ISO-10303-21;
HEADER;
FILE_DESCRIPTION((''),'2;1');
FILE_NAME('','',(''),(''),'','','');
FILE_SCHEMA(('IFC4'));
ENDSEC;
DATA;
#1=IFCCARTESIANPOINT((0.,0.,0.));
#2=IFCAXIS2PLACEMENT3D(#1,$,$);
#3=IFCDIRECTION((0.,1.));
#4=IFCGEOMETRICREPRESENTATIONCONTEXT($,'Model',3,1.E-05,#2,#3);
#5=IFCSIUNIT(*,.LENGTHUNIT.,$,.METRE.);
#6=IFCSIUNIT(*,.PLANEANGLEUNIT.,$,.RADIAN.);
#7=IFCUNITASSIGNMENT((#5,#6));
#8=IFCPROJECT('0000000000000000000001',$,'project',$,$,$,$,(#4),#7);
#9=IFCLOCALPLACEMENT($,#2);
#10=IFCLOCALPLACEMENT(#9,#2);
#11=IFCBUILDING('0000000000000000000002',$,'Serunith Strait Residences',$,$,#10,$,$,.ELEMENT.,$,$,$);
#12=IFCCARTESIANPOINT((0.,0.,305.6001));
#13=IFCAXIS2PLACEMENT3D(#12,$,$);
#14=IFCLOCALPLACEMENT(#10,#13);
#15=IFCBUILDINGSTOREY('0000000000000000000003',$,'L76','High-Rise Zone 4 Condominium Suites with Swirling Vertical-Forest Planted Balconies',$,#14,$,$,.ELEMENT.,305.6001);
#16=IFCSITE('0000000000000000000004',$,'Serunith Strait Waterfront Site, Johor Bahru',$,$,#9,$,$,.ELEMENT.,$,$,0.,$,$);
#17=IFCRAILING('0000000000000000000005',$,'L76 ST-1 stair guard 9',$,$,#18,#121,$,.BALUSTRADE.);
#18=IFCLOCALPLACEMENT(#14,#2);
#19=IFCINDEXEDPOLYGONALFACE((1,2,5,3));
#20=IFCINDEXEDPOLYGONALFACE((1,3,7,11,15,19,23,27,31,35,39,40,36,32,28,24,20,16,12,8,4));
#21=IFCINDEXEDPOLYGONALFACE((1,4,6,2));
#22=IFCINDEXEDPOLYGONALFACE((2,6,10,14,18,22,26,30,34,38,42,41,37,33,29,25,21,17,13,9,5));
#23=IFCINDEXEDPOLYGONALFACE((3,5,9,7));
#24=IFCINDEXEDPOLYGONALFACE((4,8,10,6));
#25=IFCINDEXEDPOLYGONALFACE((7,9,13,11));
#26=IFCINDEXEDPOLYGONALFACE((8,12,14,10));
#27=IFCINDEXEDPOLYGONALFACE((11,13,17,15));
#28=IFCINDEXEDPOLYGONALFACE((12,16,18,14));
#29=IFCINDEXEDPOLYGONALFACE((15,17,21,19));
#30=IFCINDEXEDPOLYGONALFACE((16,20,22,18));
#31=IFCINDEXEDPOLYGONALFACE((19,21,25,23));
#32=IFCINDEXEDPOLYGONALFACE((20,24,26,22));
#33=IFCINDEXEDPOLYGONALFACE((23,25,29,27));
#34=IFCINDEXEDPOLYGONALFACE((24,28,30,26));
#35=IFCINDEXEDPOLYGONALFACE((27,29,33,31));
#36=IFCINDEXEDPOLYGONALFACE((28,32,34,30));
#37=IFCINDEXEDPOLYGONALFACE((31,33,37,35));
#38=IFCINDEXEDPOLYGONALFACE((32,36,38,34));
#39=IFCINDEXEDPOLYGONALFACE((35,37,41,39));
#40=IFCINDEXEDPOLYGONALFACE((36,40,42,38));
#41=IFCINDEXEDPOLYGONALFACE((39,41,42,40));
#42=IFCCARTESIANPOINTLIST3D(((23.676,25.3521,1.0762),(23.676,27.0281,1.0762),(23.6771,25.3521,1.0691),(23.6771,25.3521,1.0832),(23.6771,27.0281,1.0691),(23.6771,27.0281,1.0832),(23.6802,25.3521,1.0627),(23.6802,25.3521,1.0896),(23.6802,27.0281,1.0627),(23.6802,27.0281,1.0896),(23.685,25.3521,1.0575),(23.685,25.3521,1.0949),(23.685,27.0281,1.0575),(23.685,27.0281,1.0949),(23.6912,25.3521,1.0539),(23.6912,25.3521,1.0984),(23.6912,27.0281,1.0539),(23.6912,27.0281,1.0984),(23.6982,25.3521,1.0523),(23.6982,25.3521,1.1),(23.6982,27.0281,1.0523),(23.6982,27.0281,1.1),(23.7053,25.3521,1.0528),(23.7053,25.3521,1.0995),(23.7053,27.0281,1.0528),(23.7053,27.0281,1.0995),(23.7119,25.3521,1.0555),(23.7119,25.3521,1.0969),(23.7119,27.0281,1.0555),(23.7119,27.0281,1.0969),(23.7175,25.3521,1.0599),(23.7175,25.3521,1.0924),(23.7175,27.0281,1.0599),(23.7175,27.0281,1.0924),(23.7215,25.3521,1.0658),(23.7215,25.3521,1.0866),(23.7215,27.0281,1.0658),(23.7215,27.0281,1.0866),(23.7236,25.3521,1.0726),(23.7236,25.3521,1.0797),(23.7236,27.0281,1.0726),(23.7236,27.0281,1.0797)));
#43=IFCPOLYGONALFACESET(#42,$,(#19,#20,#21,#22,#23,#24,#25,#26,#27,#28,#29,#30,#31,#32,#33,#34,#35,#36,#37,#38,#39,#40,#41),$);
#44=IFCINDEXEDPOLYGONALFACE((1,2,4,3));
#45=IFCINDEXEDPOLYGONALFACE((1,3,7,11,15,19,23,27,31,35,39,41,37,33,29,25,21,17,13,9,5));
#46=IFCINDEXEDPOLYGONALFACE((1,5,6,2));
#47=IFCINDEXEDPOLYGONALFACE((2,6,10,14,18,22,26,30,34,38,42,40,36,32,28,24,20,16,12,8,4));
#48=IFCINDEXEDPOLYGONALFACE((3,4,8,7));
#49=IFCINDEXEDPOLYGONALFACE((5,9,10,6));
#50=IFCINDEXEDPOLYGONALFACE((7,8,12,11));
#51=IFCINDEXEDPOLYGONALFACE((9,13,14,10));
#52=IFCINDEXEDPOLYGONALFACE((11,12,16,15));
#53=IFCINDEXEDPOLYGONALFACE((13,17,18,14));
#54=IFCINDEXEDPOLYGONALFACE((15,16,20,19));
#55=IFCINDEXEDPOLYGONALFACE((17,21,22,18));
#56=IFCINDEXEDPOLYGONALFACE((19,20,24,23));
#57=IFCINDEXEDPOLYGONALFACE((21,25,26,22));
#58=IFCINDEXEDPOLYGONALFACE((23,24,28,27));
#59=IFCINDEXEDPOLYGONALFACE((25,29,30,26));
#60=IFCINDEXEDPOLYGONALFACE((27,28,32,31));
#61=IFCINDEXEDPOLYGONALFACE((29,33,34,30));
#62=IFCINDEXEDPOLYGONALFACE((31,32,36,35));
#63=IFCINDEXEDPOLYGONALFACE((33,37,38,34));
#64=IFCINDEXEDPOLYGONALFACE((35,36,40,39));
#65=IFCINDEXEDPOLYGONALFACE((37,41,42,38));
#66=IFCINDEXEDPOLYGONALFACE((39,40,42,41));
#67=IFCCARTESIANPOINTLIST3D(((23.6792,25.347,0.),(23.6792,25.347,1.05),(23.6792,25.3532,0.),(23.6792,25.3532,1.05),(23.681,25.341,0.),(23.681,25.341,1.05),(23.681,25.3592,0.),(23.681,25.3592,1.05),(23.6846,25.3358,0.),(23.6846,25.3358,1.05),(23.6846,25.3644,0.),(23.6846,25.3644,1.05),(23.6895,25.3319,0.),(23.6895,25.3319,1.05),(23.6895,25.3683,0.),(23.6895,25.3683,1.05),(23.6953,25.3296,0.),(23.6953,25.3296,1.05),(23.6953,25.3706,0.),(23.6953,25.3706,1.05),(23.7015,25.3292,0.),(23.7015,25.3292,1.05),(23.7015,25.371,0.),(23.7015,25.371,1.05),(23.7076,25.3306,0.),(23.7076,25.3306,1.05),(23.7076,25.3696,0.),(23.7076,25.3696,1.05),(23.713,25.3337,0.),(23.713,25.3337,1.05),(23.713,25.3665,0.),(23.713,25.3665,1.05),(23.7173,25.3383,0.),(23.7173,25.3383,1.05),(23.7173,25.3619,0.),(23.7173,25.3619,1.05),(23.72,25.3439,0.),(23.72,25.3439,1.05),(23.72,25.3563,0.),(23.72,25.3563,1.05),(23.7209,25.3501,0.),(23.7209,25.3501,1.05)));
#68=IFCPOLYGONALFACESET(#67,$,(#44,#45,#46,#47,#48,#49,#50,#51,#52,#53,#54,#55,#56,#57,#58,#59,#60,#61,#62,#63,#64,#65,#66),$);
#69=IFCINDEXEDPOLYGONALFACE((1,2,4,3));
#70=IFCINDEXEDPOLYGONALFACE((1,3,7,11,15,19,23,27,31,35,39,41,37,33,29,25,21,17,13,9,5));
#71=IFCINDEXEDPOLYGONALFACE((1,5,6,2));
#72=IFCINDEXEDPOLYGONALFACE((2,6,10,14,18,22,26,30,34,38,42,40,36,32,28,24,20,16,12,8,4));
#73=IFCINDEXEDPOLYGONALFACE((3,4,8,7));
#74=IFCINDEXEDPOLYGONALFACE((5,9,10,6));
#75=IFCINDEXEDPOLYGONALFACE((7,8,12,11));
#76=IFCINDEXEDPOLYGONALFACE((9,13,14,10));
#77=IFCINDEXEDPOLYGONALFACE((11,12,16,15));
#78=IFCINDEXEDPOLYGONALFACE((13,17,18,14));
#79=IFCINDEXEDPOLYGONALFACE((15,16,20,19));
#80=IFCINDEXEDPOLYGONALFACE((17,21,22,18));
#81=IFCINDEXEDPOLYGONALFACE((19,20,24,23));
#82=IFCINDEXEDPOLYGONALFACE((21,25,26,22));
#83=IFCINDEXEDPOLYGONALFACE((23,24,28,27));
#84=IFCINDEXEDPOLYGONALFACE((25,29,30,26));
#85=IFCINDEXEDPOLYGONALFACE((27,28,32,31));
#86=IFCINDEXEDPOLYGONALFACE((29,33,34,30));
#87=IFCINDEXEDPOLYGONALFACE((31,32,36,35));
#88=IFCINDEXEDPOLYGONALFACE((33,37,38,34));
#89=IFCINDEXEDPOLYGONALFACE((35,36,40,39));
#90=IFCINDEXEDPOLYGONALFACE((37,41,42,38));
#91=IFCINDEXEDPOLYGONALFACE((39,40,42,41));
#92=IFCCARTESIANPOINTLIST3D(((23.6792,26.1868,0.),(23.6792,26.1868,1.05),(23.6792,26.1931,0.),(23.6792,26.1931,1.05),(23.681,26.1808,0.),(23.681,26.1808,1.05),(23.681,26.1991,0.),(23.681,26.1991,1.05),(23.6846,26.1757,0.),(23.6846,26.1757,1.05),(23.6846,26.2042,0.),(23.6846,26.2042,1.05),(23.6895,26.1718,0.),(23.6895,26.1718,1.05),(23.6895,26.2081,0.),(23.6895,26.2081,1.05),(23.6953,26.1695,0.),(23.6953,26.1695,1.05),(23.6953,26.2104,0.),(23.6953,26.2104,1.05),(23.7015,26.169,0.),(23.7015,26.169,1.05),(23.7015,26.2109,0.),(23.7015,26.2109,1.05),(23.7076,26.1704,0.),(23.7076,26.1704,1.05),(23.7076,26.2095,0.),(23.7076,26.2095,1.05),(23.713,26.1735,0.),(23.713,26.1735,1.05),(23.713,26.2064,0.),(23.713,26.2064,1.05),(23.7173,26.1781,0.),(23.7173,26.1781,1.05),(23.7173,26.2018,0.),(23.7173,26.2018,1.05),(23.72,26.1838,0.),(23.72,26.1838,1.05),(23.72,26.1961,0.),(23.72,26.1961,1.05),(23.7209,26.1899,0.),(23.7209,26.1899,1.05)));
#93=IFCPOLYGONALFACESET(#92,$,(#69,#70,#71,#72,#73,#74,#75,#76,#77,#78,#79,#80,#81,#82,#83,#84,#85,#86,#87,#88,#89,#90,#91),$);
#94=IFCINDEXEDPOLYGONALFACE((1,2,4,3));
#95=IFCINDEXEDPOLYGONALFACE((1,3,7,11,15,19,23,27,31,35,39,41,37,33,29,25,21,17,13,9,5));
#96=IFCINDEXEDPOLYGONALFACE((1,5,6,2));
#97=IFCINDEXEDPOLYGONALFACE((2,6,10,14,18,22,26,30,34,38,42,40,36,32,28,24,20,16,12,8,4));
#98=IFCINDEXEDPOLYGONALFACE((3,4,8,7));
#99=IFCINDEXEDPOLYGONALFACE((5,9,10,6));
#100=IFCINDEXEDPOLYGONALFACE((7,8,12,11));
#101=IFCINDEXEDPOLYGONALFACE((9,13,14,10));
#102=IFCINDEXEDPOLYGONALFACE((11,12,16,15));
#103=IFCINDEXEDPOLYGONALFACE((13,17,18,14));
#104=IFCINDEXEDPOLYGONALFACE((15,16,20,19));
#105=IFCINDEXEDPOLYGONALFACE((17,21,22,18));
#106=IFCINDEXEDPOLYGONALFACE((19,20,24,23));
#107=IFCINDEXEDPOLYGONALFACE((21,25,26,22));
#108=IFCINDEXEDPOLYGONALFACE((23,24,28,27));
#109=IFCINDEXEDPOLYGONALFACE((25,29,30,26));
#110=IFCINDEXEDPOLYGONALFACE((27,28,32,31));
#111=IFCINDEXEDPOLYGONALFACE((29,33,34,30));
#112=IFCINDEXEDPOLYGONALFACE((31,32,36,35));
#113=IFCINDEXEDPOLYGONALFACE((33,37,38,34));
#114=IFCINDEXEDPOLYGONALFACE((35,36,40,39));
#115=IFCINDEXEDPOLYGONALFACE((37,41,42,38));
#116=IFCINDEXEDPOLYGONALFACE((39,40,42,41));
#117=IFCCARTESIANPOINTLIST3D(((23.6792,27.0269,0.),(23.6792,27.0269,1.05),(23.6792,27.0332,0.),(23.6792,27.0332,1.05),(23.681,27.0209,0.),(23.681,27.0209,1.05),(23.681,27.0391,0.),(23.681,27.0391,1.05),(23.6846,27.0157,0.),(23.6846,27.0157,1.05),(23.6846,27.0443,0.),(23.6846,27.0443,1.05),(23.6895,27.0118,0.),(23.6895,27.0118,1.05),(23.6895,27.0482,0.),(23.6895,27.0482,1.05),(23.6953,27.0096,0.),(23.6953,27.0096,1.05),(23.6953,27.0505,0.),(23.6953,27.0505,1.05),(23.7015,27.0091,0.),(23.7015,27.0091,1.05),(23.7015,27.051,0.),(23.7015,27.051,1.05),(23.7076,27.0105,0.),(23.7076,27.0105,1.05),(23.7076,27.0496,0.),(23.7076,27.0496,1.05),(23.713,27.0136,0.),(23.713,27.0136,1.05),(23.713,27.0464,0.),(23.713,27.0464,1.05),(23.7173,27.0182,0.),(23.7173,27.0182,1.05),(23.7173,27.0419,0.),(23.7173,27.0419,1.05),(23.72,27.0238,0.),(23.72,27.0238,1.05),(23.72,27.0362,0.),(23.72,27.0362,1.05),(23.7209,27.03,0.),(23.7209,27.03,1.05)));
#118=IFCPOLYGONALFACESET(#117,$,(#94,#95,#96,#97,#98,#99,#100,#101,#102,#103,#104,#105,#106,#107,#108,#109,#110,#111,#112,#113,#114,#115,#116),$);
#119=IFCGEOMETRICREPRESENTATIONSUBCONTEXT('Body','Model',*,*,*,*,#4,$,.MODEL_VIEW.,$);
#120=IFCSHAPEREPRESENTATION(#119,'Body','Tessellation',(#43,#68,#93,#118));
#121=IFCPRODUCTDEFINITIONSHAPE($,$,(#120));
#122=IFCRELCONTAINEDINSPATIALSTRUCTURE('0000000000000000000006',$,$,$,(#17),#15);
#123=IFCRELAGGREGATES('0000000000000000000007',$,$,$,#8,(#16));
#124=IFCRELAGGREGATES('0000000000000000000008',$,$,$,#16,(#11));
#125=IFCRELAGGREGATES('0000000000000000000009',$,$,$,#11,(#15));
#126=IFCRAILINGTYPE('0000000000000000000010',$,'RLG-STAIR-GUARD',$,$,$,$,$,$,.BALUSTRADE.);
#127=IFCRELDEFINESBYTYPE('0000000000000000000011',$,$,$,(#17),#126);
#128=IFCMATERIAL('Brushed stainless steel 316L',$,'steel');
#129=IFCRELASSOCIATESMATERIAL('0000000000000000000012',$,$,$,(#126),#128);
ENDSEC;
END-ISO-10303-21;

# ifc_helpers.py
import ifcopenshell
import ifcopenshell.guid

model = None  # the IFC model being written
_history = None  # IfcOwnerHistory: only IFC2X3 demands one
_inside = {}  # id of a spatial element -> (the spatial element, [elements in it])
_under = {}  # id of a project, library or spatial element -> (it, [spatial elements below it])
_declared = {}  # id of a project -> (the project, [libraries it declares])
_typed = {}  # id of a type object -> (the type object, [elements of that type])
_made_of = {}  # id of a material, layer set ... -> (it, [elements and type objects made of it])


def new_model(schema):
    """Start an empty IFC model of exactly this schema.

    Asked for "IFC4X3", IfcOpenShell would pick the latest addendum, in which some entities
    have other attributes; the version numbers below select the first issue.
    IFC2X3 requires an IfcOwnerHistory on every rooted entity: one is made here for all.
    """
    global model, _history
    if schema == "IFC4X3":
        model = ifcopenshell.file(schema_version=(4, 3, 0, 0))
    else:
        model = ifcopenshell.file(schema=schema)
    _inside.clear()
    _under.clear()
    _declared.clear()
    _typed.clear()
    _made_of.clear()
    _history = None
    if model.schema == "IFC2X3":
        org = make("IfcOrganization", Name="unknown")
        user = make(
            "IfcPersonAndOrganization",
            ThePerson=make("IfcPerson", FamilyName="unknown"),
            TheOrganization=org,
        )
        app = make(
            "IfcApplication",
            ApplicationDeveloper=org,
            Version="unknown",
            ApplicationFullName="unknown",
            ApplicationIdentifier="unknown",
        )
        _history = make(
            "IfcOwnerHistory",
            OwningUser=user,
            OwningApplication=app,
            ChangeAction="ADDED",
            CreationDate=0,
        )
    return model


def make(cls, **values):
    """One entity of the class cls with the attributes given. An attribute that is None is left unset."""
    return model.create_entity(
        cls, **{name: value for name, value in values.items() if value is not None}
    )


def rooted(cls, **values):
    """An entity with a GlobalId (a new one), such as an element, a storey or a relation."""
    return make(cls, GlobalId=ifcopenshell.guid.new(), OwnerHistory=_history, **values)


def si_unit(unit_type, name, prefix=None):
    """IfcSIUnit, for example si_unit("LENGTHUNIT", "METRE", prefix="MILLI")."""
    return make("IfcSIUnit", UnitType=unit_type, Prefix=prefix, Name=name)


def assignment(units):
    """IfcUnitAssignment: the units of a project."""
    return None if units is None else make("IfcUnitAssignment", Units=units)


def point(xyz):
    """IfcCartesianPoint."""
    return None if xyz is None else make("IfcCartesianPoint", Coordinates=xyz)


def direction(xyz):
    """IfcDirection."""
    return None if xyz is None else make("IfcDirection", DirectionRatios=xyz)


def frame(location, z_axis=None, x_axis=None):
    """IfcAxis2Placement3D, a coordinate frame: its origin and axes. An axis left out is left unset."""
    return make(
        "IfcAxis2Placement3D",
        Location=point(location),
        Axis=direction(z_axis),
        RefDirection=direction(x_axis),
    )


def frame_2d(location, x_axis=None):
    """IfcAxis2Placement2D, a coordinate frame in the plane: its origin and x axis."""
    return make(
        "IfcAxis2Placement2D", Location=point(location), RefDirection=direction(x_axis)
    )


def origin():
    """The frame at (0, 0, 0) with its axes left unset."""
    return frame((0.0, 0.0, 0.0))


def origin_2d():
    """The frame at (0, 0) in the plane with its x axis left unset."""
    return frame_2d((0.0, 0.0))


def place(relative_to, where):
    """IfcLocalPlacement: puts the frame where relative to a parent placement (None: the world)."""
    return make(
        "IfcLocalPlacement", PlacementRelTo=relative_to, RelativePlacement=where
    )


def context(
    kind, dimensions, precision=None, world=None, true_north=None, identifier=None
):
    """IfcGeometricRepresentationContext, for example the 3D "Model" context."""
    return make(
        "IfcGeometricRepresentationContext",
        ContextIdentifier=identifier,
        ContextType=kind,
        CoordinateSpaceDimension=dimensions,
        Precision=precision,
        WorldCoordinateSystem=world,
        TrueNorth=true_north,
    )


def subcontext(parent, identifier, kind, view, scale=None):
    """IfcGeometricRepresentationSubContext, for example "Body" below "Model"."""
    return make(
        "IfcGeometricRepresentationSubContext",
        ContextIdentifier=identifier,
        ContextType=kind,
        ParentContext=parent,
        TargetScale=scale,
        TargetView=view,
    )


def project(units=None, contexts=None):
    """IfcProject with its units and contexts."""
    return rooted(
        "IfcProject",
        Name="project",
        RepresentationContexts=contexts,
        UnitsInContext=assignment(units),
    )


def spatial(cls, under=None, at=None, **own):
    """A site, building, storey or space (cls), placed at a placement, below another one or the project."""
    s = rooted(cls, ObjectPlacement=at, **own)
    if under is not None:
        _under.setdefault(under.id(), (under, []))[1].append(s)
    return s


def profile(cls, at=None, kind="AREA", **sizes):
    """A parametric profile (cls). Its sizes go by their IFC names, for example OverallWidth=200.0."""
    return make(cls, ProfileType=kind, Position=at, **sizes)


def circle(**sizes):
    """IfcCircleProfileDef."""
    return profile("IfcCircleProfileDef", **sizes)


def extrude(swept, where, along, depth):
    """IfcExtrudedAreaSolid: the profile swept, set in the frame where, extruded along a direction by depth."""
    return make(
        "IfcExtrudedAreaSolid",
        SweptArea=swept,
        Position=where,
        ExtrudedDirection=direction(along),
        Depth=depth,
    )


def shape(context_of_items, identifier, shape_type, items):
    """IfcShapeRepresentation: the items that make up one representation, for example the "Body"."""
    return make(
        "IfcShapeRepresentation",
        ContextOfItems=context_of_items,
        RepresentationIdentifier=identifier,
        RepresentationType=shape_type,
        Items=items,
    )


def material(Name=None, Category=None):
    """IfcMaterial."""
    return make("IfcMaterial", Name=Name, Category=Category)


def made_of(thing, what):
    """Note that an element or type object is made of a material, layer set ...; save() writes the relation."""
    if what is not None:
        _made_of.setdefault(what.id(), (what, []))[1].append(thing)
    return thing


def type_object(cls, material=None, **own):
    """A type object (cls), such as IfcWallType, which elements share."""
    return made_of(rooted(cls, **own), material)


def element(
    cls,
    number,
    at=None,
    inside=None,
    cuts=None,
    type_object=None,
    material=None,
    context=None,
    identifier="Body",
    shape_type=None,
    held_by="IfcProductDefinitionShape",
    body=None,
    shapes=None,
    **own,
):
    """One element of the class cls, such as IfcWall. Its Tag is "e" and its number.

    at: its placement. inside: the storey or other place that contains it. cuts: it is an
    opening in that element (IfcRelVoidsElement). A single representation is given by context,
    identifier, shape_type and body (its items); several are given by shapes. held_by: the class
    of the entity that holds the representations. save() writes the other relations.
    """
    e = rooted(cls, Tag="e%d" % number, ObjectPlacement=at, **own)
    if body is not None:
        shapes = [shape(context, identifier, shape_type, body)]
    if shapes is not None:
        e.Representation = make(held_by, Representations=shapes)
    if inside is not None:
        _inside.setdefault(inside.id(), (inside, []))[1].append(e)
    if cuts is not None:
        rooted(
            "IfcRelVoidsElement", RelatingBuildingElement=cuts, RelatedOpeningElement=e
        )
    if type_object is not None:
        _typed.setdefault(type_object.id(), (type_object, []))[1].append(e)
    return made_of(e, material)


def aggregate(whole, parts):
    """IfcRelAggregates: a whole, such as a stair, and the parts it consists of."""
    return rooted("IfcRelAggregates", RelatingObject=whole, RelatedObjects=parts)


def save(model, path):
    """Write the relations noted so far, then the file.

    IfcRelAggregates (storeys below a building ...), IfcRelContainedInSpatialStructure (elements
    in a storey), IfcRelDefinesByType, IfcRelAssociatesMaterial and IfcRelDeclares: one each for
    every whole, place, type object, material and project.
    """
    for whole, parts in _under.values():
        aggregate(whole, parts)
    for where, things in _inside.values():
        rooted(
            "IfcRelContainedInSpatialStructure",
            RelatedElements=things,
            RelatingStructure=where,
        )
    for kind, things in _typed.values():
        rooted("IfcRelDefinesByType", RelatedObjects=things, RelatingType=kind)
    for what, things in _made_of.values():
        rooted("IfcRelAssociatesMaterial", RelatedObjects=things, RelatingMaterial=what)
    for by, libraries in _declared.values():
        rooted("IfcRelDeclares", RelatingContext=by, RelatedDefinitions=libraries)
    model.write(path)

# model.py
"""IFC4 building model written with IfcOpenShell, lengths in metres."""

from ifc_helpers import new_model, si_unit, direction, frame, origin, origin_2d, place, context, subcontext, project, spatial, circle, extrude, material, type_object, element, save


model = new_model("IFC4")

# Units and contexts
model_context = context("Model", 3, precision=1e-05, world=origin(), true_north=direction((0.0, 1.0)))
body_context = subcontext(model_context, "Body", "Model", "MODEL_VIEW")
ifc_project = project(units=[si_unit("LENGTHUNIT", "METRE"), si_unit("PLANEANGLEUNIT", "RADIAN")], contexts=[model_context])

# Site, building, storey
site_placement = place(None, origin())
site = spatial("IfcSite", under=ifc_project, at=site_placement, Name="Serunith Strait Waterfront Site, Johor Bahru", CompositionType="ELEMENT", RefElevation=0.0)
building_placement = place(site_placement, origin())
building = spatial("IfcBuilding", under=site, at=building_placement, Name="Serunith Strait Residences", CompositionType="ELEMENT")
storey_placement = place(building_placement, frame((0.0, 0.0, 305.6001)))
storey = spatial("IfcBuildingStorey", under=building, at=storey_placement, Name="L76", Description="High-Rise Zone 4 Condominium Suites with Swirling Vertical-Forest Planted Balconies", CompositionType="ELEMENT", Elevation=305.6001)

# Railing
ifc_material_1 = material(Name="Brushed stainless steel 316L", Category="steel")
railing_type_1 = type_object("IfcRailingType", Name="RLG-STAIR-GUARD", PredefinedType="BALUSTRADE", material=ifc_material_1)
for number, where, name in (
    (1, (23.7, 25.3501, 0.0), "L76 ST-1 stair guard 9"),
):
    element("IfcRailing", number, at=place(storey_placement, frame(where)), inside=storey, type_object=railing_type_1, Name=name, PredefinedType="BALUSTRADE", context=body_context, shape_type="SweptSolid", body=[
        extrude(circle(Radius=0.0239, at=origin_2d()), frame((0.0, 0.002, 1.0762), z_axis=(0.0, 1.0, 0.0), x_axis=(-1.0, 0.0, 0.0)), (0.0, 0.0, 1.0), 1.676),
        extrude(circle(Radius=0.021, at=origin_2d()), origin(), (0.0, 0.0, 1.0), 1.05),
        extrude(circle(Radius=0.021, at=origin_2d()), frame((0.0, 0.8398, 0.0)), (0.0, 0.0, 1.0), 1.05),
        extrude(circle(Radius=0.021, at=origin_2d()), frame((0.0, 1.6799, 0.0)), (0.0, 0.0, 1.0), 1.05),
    ])

save(model, "model.ifc")
